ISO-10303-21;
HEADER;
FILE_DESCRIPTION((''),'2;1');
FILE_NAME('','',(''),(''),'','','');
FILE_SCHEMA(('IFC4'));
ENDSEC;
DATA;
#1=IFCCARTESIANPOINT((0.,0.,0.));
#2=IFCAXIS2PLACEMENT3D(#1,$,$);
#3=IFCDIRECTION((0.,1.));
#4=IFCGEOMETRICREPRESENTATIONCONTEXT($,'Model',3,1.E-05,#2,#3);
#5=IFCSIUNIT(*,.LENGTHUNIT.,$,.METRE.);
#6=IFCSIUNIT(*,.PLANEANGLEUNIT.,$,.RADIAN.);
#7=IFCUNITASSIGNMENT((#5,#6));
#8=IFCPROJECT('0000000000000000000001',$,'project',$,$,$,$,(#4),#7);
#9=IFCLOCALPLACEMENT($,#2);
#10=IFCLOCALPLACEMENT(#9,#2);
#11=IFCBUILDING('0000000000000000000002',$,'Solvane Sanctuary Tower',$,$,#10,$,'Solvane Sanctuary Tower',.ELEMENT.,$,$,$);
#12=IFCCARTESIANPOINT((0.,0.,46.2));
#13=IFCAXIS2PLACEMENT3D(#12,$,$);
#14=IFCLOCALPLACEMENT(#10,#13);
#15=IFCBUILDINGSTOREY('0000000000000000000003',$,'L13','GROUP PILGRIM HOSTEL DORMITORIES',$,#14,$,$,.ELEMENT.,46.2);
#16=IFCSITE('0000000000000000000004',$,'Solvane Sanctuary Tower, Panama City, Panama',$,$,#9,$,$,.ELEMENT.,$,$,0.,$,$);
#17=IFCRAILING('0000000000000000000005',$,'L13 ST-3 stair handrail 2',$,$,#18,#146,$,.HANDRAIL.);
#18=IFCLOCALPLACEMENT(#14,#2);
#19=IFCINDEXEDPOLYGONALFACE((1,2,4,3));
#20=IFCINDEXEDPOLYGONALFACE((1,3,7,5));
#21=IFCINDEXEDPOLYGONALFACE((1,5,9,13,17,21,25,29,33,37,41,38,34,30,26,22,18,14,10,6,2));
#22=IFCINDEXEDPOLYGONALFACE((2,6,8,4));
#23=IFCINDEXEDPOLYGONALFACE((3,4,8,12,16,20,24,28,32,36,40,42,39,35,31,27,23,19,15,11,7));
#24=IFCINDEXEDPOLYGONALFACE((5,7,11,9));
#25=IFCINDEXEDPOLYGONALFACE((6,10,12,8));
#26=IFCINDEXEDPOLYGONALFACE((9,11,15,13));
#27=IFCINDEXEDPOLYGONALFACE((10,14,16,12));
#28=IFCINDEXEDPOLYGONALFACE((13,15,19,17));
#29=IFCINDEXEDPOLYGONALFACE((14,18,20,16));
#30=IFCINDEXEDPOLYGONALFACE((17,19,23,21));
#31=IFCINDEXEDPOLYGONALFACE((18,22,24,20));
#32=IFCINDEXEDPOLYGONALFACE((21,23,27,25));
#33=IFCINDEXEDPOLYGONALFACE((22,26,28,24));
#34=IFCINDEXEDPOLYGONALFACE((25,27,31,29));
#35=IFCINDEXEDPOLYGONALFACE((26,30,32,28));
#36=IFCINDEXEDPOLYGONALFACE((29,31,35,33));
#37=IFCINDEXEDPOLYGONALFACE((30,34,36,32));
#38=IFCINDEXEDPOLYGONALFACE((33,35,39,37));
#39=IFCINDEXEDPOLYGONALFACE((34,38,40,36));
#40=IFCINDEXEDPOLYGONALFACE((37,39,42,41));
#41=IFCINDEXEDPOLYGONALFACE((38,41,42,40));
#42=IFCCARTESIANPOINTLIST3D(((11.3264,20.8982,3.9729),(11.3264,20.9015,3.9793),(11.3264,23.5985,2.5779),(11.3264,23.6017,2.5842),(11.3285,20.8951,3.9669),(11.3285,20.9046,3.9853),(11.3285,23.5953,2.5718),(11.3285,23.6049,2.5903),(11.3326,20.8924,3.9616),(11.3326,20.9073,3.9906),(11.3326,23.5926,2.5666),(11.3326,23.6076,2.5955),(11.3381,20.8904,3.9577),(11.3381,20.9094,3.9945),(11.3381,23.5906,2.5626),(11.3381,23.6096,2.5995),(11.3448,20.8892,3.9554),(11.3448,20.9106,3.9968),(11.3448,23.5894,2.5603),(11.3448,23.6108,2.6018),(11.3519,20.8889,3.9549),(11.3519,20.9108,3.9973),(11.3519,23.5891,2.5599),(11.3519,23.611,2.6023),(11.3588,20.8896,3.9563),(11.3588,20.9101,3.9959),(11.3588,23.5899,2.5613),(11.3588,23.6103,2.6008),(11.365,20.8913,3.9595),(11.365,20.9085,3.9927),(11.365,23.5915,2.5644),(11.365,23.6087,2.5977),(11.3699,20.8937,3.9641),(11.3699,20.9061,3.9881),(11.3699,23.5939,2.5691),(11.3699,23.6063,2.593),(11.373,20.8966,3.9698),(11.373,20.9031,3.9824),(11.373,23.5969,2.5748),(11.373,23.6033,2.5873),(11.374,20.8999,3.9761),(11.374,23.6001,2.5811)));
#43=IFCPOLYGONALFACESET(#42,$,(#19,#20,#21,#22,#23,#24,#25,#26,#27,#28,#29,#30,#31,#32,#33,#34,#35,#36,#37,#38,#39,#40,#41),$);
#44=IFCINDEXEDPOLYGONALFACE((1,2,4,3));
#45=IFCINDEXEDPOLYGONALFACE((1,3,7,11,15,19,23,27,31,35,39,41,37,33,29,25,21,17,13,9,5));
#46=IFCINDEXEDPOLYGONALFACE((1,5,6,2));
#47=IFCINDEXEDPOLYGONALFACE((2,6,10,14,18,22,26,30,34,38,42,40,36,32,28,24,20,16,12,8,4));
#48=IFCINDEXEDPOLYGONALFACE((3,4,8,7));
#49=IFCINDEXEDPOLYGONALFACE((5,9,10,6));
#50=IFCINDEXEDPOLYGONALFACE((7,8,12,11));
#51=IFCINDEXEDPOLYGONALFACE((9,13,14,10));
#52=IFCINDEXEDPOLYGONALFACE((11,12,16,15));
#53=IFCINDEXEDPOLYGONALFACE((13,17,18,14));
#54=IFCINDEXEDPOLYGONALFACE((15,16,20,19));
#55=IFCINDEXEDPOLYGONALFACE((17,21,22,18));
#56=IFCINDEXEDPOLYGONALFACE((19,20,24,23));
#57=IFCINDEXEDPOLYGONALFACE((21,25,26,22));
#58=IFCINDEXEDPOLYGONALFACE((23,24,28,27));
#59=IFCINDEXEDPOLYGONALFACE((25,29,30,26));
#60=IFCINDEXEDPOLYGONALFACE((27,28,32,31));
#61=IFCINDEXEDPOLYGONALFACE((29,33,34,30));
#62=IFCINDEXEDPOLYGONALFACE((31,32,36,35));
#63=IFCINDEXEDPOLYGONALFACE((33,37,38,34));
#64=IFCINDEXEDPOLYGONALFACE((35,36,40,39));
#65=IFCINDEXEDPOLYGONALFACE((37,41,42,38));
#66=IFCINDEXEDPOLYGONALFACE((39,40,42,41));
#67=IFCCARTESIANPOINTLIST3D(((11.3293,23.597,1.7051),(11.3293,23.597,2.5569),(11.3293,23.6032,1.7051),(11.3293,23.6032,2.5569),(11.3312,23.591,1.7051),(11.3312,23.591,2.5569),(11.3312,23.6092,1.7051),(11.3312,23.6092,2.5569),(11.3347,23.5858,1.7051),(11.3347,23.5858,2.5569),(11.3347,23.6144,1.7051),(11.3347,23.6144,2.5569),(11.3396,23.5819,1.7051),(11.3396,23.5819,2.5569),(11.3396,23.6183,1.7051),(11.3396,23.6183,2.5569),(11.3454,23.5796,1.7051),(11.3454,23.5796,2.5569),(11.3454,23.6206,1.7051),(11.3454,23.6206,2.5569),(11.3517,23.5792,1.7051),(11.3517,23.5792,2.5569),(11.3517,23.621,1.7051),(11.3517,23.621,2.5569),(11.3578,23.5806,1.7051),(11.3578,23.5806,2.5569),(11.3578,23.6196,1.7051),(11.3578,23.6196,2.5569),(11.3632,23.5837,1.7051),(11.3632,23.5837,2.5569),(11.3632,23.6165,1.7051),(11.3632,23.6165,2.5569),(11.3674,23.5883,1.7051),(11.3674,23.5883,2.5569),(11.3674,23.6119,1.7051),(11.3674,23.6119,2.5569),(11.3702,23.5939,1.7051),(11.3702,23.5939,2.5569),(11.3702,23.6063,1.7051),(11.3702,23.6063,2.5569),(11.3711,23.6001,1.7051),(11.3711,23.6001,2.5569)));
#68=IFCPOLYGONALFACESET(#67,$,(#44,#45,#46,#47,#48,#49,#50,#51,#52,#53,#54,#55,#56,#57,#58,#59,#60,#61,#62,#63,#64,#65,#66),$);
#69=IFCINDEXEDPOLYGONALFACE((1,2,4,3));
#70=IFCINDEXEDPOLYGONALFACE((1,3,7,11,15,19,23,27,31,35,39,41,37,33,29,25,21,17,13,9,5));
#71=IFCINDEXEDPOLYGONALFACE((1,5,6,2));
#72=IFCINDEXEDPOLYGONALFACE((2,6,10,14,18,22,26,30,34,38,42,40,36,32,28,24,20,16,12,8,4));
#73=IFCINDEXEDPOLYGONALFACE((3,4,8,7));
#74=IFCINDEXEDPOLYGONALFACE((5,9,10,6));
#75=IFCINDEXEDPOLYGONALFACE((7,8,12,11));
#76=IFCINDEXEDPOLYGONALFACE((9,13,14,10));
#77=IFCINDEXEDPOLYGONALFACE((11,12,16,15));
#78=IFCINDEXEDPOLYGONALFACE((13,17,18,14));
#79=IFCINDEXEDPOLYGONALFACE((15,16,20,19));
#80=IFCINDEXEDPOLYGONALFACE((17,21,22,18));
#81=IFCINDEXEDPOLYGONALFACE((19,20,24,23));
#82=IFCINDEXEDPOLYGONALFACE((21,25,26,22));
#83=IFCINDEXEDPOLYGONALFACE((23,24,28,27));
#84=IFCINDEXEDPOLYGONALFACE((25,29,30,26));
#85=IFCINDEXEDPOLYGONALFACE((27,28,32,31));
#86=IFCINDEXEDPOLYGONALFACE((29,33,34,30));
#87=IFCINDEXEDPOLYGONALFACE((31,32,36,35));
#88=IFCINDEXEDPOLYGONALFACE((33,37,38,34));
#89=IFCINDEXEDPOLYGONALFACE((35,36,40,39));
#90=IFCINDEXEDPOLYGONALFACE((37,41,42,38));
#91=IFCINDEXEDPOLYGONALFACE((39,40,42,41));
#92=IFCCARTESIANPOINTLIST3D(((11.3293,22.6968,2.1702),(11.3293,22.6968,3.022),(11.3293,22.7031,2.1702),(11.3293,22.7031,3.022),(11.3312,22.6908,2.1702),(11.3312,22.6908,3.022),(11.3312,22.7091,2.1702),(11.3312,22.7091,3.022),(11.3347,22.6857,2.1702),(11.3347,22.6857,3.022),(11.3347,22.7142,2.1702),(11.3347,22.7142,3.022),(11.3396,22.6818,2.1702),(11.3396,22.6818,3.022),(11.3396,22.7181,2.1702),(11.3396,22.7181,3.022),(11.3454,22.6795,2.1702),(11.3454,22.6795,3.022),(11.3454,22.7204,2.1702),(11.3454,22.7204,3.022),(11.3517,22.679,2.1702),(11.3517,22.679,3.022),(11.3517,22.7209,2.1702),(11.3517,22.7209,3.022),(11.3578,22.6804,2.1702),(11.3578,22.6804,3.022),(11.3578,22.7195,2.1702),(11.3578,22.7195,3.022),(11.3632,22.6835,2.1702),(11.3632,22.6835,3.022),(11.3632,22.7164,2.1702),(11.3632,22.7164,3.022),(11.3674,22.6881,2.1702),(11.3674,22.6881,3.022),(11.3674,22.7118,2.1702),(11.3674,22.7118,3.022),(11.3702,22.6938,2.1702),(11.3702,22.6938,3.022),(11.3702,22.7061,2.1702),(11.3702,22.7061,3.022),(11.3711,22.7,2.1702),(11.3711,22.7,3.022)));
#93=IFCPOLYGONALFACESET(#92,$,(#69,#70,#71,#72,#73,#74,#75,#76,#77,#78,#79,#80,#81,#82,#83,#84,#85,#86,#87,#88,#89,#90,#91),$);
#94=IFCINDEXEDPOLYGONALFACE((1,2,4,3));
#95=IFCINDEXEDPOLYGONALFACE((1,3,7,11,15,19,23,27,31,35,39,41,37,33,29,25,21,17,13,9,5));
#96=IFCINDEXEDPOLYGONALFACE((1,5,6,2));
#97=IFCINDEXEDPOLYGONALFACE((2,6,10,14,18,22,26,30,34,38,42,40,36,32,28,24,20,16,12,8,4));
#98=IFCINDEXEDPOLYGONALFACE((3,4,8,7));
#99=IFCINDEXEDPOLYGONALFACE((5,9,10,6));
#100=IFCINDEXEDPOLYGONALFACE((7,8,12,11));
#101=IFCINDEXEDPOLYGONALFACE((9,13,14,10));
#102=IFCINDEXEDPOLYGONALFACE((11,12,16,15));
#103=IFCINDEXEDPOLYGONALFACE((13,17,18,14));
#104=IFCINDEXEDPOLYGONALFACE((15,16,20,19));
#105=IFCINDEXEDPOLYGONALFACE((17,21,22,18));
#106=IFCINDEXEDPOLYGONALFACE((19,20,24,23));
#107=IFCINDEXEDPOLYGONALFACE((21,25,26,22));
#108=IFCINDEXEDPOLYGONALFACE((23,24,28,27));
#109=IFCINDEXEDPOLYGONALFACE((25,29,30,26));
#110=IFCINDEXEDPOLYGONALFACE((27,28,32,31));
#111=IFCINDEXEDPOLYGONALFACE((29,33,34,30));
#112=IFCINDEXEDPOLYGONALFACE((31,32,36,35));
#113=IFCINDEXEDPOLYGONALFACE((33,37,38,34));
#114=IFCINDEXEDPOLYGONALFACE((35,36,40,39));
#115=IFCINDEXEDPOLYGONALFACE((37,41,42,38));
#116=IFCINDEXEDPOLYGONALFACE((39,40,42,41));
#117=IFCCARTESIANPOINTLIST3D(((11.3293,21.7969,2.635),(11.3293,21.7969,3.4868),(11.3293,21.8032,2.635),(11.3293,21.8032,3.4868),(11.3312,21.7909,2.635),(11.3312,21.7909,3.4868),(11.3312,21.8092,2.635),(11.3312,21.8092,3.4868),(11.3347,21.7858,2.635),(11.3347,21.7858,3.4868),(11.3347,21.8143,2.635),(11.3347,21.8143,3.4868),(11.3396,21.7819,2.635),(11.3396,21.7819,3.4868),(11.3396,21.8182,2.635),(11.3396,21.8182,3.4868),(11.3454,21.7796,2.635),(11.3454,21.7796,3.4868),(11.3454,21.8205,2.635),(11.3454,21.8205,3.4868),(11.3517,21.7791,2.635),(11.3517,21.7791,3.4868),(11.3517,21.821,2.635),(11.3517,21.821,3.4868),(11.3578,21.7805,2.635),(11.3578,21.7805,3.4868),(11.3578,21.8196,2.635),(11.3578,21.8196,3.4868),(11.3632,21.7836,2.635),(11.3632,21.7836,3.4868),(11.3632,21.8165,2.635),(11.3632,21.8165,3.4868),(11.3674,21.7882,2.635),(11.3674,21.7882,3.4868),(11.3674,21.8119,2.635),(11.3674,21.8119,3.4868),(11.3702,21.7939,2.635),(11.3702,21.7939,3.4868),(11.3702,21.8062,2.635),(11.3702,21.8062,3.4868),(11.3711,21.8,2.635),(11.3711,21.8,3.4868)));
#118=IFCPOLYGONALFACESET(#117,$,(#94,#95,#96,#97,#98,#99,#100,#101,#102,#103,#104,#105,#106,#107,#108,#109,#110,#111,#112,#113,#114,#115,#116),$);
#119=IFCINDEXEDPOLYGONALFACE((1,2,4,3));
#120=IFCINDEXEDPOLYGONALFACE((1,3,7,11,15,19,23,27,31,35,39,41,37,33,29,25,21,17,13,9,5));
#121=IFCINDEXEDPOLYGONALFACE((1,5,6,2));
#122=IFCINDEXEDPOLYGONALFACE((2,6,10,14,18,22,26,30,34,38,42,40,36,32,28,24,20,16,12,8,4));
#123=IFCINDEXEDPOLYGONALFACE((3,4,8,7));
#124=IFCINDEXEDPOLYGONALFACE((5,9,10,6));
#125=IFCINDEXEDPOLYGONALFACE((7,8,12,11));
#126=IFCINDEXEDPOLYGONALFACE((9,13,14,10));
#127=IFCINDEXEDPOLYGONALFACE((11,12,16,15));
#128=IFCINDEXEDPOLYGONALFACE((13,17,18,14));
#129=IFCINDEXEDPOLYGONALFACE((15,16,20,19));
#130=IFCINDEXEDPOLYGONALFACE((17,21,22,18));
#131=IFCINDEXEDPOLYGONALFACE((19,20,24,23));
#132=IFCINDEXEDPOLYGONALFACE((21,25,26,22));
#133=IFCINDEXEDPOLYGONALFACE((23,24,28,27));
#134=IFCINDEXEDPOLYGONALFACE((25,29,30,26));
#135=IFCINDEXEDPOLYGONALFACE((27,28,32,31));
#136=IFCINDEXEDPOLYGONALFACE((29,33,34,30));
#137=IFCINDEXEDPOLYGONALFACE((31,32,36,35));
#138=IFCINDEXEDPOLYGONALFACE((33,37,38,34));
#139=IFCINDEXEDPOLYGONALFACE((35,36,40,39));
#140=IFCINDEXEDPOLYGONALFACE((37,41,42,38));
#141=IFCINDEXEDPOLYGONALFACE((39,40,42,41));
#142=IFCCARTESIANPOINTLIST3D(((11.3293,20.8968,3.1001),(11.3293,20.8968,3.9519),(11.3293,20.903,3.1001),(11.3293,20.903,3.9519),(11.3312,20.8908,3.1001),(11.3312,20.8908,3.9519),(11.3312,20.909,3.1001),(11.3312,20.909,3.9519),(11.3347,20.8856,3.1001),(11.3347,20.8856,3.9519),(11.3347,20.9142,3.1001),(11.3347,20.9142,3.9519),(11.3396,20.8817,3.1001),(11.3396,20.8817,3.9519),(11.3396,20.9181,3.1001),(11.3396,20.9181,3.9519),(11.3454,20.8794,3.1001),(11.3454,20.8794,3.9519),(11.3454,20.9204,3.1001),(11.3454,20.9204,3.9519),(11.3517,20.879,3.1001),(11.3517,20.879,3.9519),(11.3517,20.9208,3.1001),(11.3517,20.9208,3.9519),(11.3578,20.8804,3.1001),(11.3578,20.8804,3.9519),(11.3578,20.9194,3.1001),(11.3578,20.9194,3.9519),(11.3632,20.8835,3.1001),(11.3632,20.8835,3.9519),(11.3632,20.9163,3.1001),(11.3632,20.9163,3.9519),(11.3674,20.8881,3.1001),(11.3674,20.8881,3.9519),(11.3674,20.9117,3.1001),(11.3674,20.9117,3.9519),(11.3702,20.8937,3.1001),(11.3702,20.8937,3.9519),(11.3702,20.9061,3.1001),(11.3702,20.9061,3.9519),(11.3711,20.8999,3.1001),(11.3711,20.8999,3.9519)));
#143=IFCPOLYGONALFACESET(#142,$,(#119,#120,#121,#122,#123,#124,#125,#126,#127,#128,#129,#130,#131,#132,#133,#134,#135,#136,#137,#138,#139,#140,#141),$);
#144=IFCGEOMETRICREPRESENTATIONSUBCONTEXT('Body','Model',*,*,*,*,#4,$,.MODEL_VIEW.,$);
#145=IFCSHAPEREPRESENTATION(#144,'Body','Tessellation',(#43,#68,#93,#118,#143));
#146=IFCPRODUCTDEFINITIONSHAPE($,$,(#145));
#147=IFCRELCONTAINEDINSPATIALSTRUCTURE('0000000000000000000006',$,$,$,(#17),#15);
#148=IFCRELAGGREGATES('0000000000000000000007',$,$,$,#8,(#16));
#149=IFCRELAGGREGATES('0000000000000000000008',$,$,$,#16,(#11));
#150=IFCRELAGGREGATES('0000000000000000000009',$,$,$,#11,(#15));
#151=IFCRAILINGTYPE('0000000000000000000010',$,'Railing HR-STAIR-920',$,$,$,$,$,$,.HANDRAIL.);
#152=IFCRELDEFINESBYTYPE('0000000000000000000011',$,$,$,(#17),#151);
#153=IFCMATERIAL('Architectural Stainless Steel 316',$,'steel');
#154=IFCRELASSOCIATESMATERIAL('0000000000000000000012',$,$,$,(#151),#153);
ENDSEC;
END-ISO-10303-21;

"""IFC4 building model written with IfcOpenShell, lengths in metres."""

from ifc_helpers import new_model, si_unit, direction, frame, origin, origin_2d, place, context, subcontext, project, spatial, circle, extrude, material, type_object, element, save


model = new_model("IFC4")

# Units and contexts
model_context = context("Model", 3, precision=1e-05, world=origin(), true_north=direction((0.0, 1.0)))
body_context = subcontext(model_context, "Body", "Model", "MODEL_VIEW")
ifc_project = project(units=[si_unit("LENGTHUNIT", "METRE"), si_unit("PLANEANGLEUNIT", "RADIAN")], contexts=[model_context])

# Site, building, storey
site_placement = place(None, origin())
site = spatial("IfcSite", under=ifc_project, at=site_placement, Name="Solvane Sanctuary Tower, Panama City, Panama", CompositionType="ELEMENT", RefElevation=0.0)
building_placement = place(site_placement, origin())
building = spatial("IfcBuilding", under=site, at=building_placement, Name="Solvane Sanctuary Tower", LongName="Solvane Sanctuary Tower", CompositionType="ELEMENT")
storey_placement = place(building_placement, frame((0.0, 0.0, 46.2)))
storey = spatial("IfcBuildingStorey", under=building, at=storey_placement, Name="L13", Description="GROUP PILGRIM HOSTEL DORMITORIES", CompositionType="ELEMENT", Elevation=46.2)

# Shared definitions
ifc_material_1 = material(Name="Architectural Stainless Steel 316", Category="steel")

# Railing
railing_type_1 = type_object("IfcRailingType", Name="Railing HR-STAIR-920", PredefinedType="HANDRAIL", material=ifc_material_1)
railing_1_placement = place(storey_placement, frame((11.3501, 23.6001, 1.7051)))
element("IfcRailing", 1, at=railing_1_placement, inside=storey, type_object=railing_type_1, Name="L13 ST-3 stair handrail 2", PredefinedType="HANDRAIL", context=body_context, shape_type="SweptSolid", body=[
    extrude(circle(Radius=0.0239, at=origin_2d()), frame((0.0, 0.0, 0.876), z_axis=(0.0, -0.888437, 0.458999), x_axis=(1.0, 0.0, 0.0)), (0.0, 0.0, 1.0), 3.0393),
    extrude(circle(Radius=0.021, at=origin_2d()), origin(), (0.0, 0.0, 1.0), 0.8518),
    extrude(circle(Radius=0.021, at=origin_2d()), frame((0.0, -0.9001, 0.4651)), (0.0, 0.0, 1.0), 0.8518),
    extrude(circle(Radius=0.021, at=origin_2d()), frame((0.0, -1.8, 0.9299)), (0.0, 0.0, 1.0), 0.8518),
    extrude(circle(Radius=0.021, at=origin_2d()), frame((0.0, -2.7002, 1.395)), (0.0, 0.0, 1.0), 0.8518),
])

save(model, "model.ifc")
